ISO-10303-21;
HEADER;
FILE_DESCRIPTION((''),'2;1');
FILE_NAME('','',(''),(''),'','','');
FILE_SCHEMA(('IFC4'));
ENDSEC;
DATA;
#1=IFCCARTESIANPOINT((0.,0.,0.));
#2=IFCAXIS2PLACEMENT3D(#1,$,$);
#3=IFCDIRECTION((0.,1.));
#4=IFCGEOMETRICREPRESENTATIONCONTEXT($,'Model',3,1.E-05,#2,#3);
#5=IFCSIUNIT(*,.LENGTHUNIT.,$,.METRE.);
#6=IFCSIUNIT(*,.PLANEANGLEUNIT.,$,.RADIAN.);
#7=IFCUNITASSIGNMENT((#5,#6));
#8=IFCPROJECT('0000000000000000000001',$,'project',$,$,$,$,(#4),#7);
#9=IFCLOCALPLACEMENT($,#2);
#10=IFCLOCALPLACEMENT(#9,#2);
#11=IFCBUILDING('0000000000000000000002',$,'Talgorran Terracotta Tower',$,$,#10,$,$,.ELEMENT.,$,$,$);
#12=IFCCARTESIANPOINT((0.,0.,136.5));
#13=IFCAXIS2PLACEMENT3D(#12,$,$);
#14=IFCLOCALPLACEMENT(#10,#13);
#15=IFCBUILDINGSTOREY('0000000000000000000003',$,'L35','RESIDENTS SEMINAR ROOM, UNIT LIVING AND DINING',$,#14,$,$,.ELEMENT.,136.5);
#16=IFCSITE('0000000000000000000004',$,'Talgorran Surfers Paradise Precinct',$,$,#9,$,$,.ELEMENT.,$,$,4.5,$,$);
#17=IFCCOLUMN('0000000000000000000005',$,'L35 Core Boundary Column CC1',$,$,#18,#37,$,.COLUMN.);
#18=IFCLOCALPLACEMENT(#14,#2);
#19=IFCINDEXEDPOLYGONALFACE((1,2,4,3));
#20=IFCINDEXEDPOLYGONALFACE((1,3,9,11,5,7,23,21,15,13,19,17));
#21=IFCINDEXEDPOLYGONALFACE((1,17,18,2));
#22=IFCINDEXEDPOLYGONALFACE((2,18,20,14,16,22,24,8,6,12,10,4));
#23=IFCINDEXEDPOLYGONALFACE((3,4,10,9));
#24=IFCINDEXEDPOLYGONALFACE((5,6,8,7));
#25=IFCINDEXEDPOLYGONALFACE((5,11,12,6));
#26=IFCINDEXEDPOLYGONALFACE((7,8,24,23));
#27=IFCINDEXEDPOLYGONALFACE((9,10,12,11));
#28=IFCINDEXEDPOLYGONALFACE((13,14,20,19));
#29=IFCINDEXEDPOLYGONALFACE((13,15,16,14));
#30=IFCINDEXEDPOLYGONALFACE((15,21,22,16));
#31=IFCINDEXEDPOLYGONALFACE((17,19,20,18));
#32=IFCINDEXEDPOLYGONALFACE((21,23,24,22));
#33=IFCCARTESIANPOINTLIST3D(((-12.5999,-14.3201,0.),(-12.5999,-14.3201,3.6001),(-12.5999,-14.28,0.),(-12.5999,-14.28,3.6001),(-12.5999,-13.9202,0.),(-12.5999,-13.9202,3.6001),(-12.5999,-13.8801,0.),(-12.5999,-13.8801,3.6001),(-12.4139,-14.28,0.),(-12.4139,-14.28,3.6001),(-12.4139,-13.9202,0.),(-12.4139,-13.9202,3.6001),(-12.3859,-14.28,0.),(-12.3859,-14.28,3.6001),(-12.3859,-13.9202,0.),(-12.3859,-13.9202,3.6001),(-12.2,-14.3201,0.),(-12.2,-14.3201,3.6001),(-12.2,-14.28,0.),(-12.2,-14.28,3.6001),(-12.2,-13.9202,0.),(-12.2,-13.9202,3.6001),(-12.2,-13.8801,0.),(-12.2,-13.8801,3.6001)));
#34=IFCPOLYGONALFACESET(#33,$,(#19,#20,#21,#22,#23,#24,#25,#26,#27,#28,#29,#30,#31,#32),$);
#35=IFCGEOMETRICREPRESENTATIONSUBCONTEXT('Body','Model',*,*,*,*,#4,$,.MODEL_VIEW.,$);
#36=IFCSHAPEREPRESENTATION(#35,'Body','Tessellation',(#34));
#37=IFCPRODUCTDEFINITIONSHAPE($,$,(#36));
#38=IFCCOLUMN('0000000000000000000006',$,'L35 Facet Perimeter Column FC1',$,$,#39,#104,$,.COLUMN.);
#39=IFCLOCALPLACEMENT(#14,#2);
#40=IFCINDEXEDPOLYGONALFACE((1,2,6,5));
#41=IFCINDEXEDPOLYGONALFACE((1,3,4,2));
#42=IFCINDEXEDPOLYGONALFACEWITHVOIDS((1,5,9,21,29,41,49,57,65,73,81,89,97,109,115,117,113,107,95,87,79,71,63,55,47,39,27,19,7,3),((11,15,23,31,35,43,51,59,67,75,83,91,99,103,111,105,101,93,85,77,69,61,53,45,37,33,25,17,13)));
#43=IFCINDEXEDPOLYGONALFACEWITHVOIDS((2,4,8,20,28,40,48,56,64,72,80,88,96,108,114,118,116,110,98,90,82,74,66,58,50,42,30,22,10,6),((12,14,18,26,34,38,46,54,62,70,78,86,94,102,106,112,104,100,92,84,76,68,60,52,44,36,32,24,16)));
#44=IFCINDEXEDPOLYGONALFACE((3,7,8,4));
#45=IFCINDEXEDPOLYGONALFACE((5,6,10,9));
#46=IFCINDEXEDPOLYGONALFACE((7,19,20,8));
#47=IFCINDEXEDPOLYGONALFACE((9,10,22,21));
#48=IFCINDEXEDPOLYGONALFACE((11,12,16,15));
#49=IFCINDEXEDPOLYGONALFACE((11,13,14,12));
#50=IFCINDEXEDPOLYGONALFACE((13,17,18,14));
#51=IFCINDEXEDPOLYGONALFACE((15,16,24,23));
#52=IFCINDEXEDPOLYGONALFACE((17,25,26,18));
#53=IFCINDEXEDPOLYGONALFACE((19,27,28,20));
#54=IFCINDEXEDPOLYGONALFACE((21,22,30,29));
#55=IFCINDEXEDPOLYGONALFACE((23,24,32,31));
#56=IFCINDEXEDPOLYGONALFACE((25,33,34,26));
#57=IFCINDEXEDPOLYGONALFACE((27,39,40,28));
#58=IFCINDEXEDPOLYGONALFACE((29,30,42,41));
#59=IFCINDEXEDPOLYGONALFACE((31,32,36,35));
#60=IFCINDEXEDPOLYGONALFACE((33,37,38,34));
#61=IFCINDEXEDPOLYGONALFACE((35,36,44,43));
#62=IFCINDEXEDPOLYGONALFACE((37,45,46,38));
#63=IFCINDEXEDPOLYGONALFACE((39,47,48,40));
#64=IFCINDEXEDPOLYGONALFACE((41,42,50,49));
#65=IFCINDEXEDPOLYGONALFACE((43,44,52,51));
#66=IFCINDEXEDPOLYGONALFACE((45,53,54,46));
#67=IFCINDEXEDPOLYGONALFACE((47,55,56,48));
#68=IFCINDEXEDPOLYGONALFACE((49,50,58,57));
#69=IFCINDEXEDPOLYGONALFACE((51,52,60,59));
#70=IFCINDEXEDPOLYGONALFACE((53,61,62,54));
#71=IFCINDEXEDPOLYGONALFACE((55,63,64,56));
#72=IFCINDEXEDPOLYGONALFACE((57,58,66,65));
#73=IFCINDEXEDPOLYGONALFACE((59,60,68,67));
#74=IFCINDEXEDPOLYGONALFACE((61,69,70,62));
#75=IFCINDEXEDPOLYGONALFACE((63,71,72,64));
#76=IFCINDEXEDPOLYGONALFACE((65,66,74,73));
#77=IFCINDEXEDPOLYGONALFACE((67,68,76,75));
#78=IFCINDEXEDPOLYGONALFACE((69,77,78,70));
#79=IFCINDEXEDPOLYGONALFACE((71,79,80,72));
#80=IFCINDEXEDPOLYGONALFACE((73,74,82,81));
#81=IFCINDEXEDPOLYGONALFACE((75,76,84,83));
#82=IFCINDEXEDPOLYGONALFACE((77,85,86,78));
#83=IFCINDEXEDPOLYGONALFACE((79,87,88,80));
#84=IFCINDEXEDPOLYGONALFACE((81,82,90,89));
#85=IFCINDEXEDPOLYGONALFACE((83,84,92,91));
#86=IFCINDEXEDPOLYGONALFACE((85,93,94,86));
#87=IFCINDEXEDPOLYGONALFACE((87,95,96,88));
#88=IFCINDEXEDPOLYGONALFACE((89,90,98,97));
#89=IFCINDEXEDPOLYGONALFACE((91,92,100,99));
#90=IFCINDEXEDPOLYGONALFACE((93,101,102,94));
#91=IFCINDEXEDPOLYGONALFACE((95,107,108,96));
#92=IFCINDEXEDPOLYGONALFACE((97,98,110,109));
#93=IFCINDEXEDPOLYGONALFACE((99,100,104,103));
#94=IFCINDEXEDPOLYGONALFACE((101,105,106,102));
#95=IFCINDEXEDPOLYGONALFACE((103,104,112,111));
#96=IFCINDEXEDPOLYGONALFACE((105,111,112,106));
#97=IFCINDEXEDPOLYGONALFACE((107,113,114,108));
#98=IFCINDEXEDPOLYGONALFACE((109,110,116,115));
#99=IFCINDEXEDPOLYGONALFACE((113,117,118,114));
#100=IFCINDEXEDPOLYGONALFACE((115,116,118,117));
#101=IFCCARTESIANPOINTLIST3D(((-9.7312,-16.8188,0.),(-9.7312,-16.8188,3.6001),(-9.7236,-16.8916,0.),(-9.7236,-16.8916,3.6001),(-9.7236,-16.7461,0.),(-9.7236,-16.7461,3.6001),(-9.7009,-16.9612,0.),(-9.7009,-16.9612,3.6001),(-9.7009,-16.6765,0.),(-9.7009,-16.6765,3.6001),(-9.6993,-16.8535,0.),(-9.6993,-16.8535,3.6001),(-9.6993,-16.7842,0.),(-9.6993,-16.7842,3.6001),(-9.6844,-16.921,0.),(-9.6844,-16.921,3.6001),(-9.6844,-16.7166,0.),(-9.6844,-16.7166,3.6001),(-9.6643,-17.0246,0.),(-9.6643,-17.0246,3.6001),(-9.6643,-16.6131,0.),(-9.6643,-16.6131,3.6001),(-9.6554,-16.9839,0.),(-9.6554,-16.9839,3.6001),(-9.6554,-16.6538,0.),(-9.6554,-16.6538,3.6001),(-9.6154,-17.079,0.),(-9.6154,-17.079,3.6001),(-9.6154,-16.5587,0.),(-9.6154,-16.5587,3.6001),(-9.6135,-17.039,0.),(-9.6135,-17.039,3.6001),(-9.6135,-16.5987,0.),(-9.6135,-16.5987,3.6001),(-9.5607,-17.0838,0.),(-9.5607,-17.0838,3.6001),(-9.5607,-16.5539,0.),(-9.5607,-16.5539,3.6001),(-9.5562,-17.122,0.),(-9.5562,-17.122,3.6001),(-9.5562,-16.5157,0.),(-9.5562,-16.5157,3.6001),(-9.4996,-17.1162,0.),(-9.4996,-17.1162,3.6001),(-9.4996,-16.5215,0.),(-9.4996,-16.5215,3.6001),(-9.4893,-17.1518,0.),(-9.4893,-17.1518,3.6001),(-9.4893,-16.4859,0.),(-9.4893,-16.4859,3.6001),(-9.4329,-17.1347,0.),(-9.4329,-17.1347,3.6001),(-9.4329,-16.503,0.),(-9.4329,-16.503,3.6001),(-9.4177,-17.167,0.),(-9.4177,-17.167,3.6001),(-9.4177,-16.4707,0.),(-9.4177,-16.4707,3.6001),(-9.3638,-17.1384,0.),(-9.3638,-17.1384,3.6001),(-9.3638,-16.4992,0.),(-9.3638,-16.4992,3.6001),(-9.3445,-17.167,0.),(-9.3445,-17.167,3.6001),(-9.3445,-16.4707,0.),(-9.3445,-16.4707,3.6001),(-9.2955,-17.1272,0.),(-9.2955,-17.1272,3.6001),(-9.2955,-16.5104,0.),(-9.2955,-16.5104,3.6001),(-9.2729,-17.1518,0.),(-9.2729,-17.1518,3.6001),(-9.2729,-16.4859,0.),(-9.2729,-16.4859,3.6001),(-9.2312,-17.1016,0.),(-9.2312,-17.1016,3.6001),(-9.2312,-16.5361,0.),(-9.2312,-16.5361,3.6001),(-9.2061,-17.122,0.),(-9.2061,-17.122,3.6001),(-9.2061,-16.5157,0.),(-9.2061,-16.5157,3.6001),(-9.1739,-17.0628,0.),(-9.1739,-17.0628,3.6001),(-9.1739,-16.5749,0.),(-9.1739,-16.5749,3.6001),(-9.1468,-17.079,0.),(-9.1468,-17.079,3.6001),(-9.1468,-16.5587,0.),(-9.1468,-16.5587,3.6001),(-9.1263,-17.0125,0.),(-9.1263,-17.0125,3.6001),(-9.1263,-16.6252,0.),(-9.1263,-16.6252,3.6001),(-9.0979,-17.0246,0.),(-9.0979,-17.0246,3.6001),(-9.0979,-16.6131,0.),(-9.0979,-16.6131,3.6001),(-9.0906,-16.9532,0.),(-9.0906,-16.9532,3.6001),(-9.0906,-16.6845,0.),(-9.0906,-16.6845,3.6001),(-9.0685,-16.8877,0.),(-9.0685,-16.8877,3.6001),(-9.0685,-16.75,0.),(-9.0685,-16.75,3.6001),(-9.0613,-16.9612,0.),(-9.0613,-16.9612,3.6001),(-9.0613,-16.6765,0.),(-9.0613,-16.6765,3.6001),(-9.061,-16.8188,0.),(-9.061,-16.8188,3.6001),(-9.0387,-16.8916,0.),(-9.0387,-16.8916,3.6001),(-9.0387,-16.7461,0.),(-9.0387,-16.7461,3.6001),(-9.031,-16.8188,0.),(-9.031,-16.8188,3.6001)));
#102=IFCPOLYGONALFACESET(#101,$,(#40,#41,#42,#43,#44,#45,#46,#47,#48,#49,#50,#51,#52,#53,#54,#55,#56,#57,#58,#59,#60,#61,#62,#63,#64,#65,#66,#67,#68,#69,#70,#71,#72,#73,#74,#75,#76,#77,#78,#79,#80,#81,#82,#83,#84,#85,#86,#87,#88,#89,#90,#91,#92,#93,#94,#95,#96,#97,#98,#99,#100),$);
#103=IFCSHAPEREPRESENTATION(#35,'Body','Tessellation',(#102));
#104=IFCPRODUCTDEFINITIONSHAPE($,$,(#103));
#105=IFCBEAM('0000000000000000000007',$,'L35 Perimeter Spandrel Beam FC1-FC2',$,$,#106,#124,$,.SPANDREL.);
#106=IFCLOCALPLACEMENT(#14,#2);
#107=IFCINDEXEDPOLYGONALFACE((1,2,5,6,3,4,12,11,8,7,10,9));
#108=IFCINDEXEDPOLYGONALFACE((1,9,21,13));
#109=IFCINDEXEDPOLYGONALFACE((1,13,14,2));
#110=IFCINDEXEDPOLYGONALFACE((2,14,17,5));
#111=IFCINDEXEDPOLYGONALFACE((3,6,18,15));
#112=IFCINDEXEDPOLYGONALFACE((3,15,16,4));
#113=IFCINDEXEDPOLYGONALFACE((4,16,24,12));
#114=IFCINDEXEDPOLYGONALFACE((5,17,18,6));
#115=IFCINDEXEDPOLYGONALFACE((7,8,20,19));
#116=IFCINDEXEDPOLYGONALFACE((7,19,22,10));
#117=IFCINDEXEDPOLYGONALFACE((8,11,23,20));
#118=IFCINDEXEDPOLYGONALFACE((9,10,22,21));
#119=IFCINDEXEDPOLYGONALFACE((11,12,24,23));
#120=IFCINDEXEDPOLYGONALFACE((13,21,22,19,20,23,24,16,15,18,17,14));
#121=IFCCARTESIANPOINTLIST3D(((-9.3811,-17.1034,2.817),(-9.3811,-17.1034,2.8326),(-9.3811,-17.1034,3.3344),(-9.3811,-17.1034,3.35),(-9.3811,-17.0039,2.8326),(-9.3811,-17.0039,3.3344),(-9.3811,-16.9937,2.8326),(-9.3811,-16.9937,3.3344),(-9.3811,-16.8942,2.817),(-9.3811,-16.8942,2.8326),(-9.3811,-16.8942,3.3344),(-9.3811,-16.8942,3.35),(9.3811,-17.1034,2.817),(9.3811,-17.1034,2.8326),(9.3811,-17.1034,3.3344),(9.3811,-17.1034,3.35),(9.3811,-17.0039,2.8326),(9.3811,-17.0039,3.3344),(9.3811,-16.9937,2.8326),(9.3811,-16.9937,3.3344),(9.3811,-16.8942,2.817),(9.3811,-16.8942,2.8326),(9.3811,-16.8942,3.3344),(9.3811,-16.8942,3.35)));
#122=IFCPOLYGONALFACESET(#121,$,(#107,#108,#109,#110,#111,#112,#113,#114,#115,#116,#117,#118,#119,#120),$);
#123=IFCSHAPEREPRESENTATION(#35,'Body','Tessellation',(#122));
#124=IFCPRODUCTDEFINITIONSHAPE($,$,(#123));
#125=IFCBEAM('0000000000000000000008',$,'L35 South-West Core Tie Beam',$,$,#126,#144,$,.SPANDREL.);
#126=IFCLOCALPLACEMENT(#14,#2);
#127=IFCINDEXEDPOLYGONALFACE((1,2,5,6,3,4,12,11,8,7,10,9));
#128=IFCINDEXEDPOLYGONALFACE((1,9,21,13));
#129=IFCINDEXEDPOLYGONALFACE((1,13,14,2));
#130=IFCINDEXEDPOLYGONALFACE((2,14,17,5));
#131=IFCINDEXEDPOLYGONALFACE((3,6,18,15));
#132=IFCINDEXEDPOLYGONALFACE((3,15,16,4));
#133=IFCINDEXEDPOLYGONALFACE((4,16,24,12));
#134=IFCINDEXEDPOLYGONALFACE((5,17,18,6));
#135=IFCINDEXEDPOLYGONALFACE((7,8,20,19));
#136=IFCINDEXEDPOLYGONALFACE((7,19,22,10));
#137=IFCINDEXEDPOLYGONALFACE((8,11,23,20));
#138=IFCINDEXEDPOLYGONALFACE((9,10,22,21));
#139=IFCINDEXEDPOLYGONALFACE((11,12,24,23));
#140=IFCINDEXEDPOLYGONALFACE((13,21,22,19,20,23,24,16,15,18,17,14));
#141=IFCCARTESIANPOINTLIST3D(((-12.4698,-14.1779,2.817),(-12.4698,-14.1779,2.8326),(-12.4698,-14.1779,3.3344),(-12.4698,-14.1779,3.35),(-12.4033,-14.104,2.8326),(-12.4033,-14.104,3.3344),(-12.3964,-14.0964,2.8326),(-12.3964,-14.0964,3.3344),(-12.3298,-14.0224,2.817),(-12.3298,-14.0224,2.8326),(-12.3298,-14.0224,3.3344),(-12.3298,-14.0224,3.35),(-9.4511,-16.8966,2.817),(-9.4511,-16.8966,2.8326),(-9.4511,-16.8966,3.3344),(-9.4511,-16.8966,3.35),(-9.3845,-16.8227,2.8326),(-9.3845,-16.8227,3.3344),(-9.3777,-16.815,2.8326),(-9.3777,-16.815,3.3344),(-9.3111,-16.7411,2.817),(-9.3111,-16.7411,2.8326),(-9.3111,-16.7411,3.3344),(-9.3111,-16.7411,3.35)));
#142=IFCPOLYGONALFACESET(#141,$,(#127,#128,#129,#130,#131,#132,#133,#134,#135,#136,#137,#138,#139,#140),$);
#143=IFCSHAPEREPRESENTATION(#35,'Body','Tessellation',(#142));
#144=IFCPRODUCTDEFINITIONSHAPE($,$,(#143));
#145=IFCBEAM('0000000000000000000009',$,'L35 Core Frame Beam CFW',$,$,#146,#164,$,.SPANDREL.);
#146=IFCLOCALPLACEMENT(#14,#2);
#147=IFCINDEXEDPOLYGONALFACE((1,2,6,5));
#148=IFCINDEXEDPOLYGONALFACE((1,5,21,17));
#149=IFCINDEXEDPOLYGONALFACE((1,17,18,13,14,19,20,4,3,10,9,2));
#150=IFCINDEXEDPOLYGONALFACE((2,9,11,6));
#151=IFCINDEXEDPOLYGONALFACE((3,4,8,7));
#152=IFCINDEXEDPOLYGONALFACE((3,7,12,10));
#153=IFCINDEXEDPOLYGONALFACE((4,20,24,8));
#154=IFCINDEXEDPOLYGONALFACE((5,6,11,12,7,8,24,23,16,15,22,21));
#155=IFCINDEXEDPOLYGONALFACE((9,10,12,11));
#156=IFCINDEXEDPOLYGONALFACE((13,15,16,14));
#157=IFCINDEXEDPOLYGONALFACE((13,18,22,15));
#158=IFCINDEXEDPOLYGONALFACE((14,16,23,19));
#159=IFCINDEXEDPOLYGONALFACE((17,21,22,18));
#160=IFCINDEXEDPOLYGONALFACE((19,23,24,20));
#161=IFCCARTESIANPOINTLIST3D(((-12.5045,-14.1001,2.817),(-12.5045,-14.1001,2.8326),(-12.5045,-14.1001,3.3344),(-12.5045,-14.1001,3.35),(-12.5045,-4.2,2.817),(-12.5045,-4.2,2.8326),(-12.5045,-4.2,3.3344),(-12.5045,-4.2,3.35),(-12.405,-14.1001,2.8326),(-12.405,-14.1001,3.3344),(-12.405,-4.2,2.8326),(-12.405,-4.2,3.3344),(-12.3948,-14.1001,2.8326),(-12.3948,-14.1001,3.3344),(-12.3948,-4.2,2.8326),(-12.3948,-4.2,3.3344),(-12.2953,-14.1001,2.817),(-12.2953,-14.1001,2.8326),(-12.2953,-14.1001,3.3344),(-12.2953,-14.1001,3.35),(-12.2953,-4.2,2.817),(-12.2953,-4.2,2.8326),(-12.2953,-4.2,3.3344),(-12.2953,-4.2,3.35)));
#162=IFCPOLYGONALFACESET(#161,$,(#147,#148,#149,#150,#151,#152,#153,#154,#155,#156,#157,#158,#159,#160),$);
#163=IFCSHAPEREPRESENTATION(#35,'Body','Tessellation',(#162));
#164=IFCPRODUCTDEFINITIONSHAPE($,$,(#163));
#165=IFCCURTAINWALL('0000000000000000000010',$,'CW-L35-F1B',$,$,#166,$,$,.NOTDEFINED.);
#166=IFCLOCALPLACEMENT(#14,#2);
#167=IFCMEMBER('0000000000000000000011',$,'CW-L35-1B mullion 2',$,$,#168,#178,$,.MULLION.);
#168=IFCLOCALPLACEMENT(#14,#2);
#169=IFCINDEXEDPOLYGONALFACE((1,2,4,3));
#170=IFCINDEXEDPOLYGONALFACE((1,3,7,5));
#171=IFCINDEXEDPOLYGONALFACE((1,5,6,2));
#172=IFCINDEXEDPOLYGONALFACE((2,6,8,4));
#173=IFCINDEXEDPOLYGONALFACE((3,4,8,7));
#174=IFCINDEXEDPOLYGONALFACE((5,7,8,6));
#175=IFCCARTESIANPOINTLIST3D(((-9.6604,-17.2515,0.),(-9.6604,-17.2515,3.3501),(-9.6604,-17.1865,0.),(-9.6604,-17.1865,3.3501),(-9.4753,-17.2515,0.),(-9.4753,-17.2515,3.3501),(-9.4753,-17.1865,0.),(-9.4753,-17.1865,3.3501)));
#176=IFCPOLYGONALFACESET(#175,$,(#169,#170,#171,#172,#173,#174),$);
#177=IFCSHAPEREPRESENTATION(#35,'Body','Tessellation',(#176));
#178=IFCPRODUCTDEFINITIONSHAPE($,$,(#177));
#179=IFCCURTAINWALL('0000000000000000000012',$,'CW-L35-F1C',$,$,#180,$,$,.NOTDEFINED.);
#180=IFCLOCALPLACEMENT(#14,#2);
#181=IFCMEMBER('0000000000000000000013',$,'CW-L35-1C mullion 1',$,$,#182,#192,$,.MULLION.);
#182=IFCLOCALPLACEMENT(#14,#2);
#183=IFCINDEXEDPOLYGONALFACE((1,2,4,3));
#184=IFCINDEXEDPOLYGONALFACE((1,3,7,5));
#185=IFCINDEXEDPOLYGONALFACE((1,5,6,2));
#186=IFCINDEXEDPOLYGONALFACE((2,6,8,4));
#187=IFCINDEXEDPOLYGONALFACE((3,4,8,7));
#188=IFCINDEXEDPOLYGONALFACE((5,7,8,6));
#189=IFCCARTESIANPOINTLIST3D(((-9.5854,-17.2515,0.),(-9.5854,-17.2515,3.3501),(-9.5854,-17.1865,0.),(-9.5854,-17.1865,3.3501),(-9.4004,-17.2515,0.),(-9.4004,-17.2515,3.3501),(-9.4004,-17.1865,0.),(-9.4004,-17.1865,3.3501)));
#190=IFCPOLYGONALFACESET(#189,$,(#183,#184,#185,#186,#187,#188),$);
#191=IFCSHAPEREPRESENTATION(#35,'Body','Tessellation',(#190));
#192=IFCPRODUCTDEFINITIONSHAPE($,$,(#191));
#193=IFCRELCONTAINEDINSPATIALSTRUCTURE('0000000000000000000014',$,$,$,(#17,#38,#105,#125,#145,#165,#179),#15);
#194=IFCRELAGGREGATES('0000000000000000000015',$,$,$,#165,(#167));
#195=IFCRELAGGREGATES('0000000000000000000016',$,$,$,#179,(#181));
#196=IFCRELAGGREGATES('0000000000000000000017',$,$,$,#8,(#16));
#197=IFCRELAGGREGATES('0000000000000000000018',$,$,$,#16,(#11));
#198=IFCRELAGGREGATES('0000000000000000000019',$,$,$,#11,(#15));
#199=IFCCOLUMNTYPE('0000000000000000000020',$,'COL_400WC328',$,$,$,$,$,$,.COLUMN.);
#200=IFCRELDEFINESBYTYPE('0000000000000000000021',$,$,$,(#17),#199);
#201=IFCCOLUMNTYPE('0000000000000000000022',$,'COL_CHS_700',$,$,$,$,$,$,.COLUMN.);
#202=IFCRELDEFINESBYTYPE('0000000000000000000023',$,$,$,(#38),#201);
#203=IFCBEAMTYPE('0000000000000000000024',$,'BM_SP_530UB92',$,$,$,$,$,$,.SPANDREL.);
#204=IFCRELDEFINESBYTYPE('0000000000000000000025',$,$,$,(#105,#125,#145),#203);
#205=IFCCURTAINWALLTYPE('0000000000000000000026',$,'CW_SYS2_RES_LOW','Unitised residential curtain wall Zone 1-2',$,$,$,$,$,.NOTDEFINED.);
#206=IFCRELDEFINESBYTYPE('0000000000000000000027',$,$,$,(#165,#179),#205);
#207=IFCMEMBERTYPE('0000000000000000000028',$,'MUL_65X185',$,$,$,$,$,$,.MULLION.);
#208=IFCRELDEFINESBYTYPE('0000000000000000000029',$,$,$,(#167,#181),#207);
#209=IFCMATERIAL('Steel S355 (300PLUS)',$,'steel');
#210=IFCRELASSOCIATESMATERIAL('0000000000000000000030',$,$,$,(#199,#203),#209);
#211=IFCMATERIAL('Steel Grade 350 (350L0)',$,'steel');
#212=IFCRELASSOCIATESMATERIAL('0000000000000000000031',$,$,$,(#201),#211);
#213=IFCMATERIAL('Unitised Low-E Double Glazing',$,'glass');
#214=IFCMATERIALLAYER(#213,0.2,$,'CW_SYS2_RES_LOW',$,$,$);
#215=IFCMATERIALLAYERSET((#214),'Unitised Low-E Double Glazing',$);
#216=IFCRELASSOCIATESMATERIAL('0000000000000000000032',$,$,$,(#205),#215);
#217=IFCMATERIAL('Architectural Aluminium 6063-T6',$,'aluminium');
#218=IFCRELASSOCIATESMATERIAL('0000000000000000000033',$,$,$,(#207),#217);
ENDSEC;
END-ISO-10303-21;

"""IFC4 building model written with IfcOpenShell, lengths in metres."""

from ifc_helpers import new_model, si_unit, direction, frame, origin, origin_2d, place, context, subcontext, project, spatial, rectangle, hollow_circle, i_section, extrude, material, layer, layer_set, material_profile, profile_set, type_object, element, aggregate, save


model = new_model("IFC4")

# Units and contexts
model_context = context("Model", 3, precision=1e-05, world=origin(), true_north=direction((0.0, 1.0)))
body_context = subcontext(model_context, "Body", "Model", "MODEL_VIEW")
ifc_project = project(units=[si_unit("LENGTHUNIT", "METRE"), si_unit("PLANEANGLEUNIT", "RADIAN")], contexts=[model_context])

# Site, building, storey
site_placement = place(None, origin())
site = spatial("IfcSite", under=ifc_project, at=site_placement, Name="Talgorran Surfers Paradise Precinct", CompositionType="ELEMENT", RefElevation=4.5)
building_placement = place(site_placement, origin())
building = spatial("IfcBuilding", under=site, at=building_placement, Name="Talgorran Terracotta Tower", CompositionType="ELEMENT")
storey_placement = place(building_placement, frame((0.0, 0.0, 136.5)))
storey = spatial("IfcBuildingStorey", under=building, at=storey_placement, Name="L35", Description="RESIDENTS SEMINAR ROOM, UNIT LIVING AND DINING", CompositionType="ELEMENT", Elevation=136.5)

# Columns
ifc_material_1 = material(Name="Steel S355 (300PLUS)", Category="steel")
ifc_material_profile_1 = material_profile(ifc_material_1, i_section(OverallWidth=0.3999, OverallDepth=0.4399, WebThickness=0.0281, FlangeThickness=0.04, at=origin_2d()), Name="400WC328")
ifc_profile_set_1 = profile_set([ifc_material_profile_1], Name="Steel S355 (300PLUS)")
column_type_1 = type_object("IfcColumnType", Name="COL_400WC328", PredefinedType="COLUMN", material=ifc_profile_set_1)
column_1_placement = place(storey_placement, frame((-12.3999, -14.1001, 0.0), z_axis=(0.0, 0.0, 1.0), x_axis=(1.0, 0.0, 0.0)))
element("IfcColumn", 1, at=column_1_placement, inside=storey, type_object=column_type_1, Name="L35 Core Boundary Column CC1", PredefinedType="COLUMN", context=body_context, shape_type="SweptSolid", body=[
    extrude(i_section(OverallWidth=0.3999, OverallDepth=0.4399, WebThickness=0.0281, FlangeThickness=0.04, at=origin_2d()), origin(), (0.0, 0.0, 1.0), 3.6001),
])
ifc_material_2 = material(Name="Steel Grade 350 (350L0)", Category="steel")
ifc_material_profile_2 = material_profile(ifc_material_2, hollow_circle(Radius=0.3501, WallThickness=0.03, at=origin_2d()), Name="CHS700X30")
ifc_profile_set_2 = profile_set([ifc_material_profile_2], Name="Steel Grade 350 (350L0)")
column_type_2 = type_object("IfcColumnType", Name="COL_CHS_700", PredefinedType="COLUMN", material=ifc_profile_set_2)
column_2_placement = place(storey_placement, frame((-9.3811, -16.8188, 0.0), z_axis=(0.0, 0.0, 1.0), x_axis=(1.0, 0.0, 0.0)))
element("IfcColumn", 2, at=column_2_placement, inside=storey, type_object=column_type_2, Name="L35 Facet Perimeter Column FC1", PredefinedType="COLUMN", context=body_context, shape_type="SweptSolid", body=[
    extrude(hollow_circle(Radius=0.3501, WallThickness=0.03, at=origin_2d()), origin(), (0.0, 0.0, 1.0), 3.6001),
])

# Beams
ifc_material_profile_3 = material_profile(ifc_material_1, i_section(OverallWidth=0.2092, OverallDepth=0.533, WebThickness=0.0103, FlangeThickness=0.0156, at=origin_2d()), Name="530UB92.4")
ifc_profile_set_3 = profile_set([ifc_material_profile_3], Name="Steel S355 (300PLUS)")
beam_type = type_object("IfcBeamType", Name="BM_SP_530UB92", PredefinedType="SPANDREL", material=ifc_profile_set_3)
beam_1_placement = place(storey_placement, frame((-9.3811, -16.9988, 3.0835), z_axis=(1.0, 0.0, 0.0), x_axis=(0.0, 1.0, 0.0)))
element("IfcBeam", 3, at=beam_1_placement, inside=storey, type_object=beam_type, Name="L35 Perimeter Spandrel Beam FC1-FC2", PredefinedType="SPANDREL", context=body_context, shape_type="SweptSolid", body=[
    extrude(i_section(OverallWidth=0.2092, OverallDepth=0.533, WebThickness=0.0103, FlangeThickness=0.0156, at=origin_2d()), origin(), (0.0, 0.0, 1.0), 18.7622),
])
beam_2_placement = place(storey_placement, frame((-9.3811, -16.8188, 3.0835), z_axis=(-0.74307, 0.669214, 0.0), x_axis=(-0.669214, -0.74307, 0.0)))
element("IfcBeam", 4, at=beam_2_placement, inside=storey, type_object=beam_type, Name="L35 South-West Core Tie Beam", PredefinedType="SPANDREL", context=body_context, shape_type="SweptSolid", body=[
    extrude(i_section(OverallWidth=0.2092, OverallDepth=0.533, WebThickness=0.0103, FlangeThickness=0.0156, at=origin_2d()), origin(), (0.0, 0.0, 1.0), 4.0625),
])
beam_3_placement = place(storey_placement, frame((-12.3999, -14.1001, 3.0835), z_axis=(0.0, 1.0, 0.0), x_axis=(-1.0, 0.0, 0.0)))
element("IfcBeam", 5, at=beam_3_placement, inside=storey, type_object=beam_type, Name="L35 Core Frame Beam CFW", PredefinedType="SPANDREL", context=body_context, shape_type="SweptSolid", body=[
    extrude(i_section(OverallWidth=0.2092, OverallDepth=0.533, WebThickness=0.0103, FlangeThickness=0.0156, at=origin_2d()), origin(), (0.0, 0.0, 1.0), 9.9001),
])

# Curtain wall, member
ifc_material_3 = material(Name="Unitised Low-E Double Glazing", Category="glass")
ifc_layer_1 = layer(ifc_material_3, 0.2, Name="CW_SYS2_RES_LOW")
ifc_layer_set_1 = layer_set([ifc_layer_1], Name="Unitised Low-E Double Glazing")
curtain_wall_type = type_object("IfcCurtainWallType", Name="CW_SYS2_RES_LOW", Description="Unitised residential curtain wall Zone 1-2", PredefinedType="NOTDEFINED", material=ifc_layer_set_1)
curtain_wall_1_placement = place(storey_placement, origin())
curtain_wall_1 = element("IfcCurtainWall", 6, at=curtain_wall_1_placement, inside=storey, type_object=curtain_wall_type, Name="CW-L35-F1B", PredefinedType="NOTDEFINED")
ifc_material_4 = material(Name="Architectural Aluminium 6063-T6", Category="aluminium")
ifc_material_profile_4 = material_profile(ifc_material_4, rectangle(XDim=0.0649, YDim=0.1851, at=origin_2d()), Name="CWM65X185")
ifc_profile_set_4 = profile_set([ifc_material_profile_4], Name="Architectural Aluminium 6063-T6")
member_type_1 = type_object("IfcMemberType", Name="MUL_65X185", PredefinedType="MULLION", material=ifc_profile_set_4)
member_1_placement = place(storey_placement, frame((-9.5679, -17.219, 0.0), z_axis=(0.0, 0.0, 1.0), x_axis=(0.0, 1.0, 0.0)))
member_1 = element("IfcMember", 7, at=member_1_placement, type_object=member_type_1, Name="CW-L35-1B mullion 2", PredefinedType="MULLION", context=body_context, shape_type="SweptSolid", body=[
    extrude(rectangle(XDim=0.0649, YDim=0.1851, at=origin_2d()), origin(), (0.0, 0.0, 1.0), 3.3501),
])
aggregate(curtain_wall_1, [member_1])

# Curtain wall, member
curtain_wall_2_placement = place(storey_placement, origin())
curtain_wall_2 = element("IfcCurtainWall", 8, at=curtain_wall_2_placement, inside=storey, type_object=curtain_wall_type, Name="CW-L35-F1C", PredefinedType="NOTDEFINED")
member_2_placement = place(storey_placement, frame((-9.4929, -17.219, 0.0), z_axis=(0.0, 0.0, 1.0), x_axis=(0.0, 1.0, 0.0)))
member_2 = element("IfcMember", 9, at=member_2_placement, type_object=member_type_1, Name="CW-L35-1C mullion 1", PredefinedType="MULLION", context=body_context, shape_type="SweptSolid", body=[
    extrude(rectangle(XDim=0.0649, YDim=0.1851, at=origin_2d()), origin(), (0.0, 0.0, 1.0), 3.3501),
])
aggregate(curtain_wall_2, [member_2])

save(model, "model.ifc")
